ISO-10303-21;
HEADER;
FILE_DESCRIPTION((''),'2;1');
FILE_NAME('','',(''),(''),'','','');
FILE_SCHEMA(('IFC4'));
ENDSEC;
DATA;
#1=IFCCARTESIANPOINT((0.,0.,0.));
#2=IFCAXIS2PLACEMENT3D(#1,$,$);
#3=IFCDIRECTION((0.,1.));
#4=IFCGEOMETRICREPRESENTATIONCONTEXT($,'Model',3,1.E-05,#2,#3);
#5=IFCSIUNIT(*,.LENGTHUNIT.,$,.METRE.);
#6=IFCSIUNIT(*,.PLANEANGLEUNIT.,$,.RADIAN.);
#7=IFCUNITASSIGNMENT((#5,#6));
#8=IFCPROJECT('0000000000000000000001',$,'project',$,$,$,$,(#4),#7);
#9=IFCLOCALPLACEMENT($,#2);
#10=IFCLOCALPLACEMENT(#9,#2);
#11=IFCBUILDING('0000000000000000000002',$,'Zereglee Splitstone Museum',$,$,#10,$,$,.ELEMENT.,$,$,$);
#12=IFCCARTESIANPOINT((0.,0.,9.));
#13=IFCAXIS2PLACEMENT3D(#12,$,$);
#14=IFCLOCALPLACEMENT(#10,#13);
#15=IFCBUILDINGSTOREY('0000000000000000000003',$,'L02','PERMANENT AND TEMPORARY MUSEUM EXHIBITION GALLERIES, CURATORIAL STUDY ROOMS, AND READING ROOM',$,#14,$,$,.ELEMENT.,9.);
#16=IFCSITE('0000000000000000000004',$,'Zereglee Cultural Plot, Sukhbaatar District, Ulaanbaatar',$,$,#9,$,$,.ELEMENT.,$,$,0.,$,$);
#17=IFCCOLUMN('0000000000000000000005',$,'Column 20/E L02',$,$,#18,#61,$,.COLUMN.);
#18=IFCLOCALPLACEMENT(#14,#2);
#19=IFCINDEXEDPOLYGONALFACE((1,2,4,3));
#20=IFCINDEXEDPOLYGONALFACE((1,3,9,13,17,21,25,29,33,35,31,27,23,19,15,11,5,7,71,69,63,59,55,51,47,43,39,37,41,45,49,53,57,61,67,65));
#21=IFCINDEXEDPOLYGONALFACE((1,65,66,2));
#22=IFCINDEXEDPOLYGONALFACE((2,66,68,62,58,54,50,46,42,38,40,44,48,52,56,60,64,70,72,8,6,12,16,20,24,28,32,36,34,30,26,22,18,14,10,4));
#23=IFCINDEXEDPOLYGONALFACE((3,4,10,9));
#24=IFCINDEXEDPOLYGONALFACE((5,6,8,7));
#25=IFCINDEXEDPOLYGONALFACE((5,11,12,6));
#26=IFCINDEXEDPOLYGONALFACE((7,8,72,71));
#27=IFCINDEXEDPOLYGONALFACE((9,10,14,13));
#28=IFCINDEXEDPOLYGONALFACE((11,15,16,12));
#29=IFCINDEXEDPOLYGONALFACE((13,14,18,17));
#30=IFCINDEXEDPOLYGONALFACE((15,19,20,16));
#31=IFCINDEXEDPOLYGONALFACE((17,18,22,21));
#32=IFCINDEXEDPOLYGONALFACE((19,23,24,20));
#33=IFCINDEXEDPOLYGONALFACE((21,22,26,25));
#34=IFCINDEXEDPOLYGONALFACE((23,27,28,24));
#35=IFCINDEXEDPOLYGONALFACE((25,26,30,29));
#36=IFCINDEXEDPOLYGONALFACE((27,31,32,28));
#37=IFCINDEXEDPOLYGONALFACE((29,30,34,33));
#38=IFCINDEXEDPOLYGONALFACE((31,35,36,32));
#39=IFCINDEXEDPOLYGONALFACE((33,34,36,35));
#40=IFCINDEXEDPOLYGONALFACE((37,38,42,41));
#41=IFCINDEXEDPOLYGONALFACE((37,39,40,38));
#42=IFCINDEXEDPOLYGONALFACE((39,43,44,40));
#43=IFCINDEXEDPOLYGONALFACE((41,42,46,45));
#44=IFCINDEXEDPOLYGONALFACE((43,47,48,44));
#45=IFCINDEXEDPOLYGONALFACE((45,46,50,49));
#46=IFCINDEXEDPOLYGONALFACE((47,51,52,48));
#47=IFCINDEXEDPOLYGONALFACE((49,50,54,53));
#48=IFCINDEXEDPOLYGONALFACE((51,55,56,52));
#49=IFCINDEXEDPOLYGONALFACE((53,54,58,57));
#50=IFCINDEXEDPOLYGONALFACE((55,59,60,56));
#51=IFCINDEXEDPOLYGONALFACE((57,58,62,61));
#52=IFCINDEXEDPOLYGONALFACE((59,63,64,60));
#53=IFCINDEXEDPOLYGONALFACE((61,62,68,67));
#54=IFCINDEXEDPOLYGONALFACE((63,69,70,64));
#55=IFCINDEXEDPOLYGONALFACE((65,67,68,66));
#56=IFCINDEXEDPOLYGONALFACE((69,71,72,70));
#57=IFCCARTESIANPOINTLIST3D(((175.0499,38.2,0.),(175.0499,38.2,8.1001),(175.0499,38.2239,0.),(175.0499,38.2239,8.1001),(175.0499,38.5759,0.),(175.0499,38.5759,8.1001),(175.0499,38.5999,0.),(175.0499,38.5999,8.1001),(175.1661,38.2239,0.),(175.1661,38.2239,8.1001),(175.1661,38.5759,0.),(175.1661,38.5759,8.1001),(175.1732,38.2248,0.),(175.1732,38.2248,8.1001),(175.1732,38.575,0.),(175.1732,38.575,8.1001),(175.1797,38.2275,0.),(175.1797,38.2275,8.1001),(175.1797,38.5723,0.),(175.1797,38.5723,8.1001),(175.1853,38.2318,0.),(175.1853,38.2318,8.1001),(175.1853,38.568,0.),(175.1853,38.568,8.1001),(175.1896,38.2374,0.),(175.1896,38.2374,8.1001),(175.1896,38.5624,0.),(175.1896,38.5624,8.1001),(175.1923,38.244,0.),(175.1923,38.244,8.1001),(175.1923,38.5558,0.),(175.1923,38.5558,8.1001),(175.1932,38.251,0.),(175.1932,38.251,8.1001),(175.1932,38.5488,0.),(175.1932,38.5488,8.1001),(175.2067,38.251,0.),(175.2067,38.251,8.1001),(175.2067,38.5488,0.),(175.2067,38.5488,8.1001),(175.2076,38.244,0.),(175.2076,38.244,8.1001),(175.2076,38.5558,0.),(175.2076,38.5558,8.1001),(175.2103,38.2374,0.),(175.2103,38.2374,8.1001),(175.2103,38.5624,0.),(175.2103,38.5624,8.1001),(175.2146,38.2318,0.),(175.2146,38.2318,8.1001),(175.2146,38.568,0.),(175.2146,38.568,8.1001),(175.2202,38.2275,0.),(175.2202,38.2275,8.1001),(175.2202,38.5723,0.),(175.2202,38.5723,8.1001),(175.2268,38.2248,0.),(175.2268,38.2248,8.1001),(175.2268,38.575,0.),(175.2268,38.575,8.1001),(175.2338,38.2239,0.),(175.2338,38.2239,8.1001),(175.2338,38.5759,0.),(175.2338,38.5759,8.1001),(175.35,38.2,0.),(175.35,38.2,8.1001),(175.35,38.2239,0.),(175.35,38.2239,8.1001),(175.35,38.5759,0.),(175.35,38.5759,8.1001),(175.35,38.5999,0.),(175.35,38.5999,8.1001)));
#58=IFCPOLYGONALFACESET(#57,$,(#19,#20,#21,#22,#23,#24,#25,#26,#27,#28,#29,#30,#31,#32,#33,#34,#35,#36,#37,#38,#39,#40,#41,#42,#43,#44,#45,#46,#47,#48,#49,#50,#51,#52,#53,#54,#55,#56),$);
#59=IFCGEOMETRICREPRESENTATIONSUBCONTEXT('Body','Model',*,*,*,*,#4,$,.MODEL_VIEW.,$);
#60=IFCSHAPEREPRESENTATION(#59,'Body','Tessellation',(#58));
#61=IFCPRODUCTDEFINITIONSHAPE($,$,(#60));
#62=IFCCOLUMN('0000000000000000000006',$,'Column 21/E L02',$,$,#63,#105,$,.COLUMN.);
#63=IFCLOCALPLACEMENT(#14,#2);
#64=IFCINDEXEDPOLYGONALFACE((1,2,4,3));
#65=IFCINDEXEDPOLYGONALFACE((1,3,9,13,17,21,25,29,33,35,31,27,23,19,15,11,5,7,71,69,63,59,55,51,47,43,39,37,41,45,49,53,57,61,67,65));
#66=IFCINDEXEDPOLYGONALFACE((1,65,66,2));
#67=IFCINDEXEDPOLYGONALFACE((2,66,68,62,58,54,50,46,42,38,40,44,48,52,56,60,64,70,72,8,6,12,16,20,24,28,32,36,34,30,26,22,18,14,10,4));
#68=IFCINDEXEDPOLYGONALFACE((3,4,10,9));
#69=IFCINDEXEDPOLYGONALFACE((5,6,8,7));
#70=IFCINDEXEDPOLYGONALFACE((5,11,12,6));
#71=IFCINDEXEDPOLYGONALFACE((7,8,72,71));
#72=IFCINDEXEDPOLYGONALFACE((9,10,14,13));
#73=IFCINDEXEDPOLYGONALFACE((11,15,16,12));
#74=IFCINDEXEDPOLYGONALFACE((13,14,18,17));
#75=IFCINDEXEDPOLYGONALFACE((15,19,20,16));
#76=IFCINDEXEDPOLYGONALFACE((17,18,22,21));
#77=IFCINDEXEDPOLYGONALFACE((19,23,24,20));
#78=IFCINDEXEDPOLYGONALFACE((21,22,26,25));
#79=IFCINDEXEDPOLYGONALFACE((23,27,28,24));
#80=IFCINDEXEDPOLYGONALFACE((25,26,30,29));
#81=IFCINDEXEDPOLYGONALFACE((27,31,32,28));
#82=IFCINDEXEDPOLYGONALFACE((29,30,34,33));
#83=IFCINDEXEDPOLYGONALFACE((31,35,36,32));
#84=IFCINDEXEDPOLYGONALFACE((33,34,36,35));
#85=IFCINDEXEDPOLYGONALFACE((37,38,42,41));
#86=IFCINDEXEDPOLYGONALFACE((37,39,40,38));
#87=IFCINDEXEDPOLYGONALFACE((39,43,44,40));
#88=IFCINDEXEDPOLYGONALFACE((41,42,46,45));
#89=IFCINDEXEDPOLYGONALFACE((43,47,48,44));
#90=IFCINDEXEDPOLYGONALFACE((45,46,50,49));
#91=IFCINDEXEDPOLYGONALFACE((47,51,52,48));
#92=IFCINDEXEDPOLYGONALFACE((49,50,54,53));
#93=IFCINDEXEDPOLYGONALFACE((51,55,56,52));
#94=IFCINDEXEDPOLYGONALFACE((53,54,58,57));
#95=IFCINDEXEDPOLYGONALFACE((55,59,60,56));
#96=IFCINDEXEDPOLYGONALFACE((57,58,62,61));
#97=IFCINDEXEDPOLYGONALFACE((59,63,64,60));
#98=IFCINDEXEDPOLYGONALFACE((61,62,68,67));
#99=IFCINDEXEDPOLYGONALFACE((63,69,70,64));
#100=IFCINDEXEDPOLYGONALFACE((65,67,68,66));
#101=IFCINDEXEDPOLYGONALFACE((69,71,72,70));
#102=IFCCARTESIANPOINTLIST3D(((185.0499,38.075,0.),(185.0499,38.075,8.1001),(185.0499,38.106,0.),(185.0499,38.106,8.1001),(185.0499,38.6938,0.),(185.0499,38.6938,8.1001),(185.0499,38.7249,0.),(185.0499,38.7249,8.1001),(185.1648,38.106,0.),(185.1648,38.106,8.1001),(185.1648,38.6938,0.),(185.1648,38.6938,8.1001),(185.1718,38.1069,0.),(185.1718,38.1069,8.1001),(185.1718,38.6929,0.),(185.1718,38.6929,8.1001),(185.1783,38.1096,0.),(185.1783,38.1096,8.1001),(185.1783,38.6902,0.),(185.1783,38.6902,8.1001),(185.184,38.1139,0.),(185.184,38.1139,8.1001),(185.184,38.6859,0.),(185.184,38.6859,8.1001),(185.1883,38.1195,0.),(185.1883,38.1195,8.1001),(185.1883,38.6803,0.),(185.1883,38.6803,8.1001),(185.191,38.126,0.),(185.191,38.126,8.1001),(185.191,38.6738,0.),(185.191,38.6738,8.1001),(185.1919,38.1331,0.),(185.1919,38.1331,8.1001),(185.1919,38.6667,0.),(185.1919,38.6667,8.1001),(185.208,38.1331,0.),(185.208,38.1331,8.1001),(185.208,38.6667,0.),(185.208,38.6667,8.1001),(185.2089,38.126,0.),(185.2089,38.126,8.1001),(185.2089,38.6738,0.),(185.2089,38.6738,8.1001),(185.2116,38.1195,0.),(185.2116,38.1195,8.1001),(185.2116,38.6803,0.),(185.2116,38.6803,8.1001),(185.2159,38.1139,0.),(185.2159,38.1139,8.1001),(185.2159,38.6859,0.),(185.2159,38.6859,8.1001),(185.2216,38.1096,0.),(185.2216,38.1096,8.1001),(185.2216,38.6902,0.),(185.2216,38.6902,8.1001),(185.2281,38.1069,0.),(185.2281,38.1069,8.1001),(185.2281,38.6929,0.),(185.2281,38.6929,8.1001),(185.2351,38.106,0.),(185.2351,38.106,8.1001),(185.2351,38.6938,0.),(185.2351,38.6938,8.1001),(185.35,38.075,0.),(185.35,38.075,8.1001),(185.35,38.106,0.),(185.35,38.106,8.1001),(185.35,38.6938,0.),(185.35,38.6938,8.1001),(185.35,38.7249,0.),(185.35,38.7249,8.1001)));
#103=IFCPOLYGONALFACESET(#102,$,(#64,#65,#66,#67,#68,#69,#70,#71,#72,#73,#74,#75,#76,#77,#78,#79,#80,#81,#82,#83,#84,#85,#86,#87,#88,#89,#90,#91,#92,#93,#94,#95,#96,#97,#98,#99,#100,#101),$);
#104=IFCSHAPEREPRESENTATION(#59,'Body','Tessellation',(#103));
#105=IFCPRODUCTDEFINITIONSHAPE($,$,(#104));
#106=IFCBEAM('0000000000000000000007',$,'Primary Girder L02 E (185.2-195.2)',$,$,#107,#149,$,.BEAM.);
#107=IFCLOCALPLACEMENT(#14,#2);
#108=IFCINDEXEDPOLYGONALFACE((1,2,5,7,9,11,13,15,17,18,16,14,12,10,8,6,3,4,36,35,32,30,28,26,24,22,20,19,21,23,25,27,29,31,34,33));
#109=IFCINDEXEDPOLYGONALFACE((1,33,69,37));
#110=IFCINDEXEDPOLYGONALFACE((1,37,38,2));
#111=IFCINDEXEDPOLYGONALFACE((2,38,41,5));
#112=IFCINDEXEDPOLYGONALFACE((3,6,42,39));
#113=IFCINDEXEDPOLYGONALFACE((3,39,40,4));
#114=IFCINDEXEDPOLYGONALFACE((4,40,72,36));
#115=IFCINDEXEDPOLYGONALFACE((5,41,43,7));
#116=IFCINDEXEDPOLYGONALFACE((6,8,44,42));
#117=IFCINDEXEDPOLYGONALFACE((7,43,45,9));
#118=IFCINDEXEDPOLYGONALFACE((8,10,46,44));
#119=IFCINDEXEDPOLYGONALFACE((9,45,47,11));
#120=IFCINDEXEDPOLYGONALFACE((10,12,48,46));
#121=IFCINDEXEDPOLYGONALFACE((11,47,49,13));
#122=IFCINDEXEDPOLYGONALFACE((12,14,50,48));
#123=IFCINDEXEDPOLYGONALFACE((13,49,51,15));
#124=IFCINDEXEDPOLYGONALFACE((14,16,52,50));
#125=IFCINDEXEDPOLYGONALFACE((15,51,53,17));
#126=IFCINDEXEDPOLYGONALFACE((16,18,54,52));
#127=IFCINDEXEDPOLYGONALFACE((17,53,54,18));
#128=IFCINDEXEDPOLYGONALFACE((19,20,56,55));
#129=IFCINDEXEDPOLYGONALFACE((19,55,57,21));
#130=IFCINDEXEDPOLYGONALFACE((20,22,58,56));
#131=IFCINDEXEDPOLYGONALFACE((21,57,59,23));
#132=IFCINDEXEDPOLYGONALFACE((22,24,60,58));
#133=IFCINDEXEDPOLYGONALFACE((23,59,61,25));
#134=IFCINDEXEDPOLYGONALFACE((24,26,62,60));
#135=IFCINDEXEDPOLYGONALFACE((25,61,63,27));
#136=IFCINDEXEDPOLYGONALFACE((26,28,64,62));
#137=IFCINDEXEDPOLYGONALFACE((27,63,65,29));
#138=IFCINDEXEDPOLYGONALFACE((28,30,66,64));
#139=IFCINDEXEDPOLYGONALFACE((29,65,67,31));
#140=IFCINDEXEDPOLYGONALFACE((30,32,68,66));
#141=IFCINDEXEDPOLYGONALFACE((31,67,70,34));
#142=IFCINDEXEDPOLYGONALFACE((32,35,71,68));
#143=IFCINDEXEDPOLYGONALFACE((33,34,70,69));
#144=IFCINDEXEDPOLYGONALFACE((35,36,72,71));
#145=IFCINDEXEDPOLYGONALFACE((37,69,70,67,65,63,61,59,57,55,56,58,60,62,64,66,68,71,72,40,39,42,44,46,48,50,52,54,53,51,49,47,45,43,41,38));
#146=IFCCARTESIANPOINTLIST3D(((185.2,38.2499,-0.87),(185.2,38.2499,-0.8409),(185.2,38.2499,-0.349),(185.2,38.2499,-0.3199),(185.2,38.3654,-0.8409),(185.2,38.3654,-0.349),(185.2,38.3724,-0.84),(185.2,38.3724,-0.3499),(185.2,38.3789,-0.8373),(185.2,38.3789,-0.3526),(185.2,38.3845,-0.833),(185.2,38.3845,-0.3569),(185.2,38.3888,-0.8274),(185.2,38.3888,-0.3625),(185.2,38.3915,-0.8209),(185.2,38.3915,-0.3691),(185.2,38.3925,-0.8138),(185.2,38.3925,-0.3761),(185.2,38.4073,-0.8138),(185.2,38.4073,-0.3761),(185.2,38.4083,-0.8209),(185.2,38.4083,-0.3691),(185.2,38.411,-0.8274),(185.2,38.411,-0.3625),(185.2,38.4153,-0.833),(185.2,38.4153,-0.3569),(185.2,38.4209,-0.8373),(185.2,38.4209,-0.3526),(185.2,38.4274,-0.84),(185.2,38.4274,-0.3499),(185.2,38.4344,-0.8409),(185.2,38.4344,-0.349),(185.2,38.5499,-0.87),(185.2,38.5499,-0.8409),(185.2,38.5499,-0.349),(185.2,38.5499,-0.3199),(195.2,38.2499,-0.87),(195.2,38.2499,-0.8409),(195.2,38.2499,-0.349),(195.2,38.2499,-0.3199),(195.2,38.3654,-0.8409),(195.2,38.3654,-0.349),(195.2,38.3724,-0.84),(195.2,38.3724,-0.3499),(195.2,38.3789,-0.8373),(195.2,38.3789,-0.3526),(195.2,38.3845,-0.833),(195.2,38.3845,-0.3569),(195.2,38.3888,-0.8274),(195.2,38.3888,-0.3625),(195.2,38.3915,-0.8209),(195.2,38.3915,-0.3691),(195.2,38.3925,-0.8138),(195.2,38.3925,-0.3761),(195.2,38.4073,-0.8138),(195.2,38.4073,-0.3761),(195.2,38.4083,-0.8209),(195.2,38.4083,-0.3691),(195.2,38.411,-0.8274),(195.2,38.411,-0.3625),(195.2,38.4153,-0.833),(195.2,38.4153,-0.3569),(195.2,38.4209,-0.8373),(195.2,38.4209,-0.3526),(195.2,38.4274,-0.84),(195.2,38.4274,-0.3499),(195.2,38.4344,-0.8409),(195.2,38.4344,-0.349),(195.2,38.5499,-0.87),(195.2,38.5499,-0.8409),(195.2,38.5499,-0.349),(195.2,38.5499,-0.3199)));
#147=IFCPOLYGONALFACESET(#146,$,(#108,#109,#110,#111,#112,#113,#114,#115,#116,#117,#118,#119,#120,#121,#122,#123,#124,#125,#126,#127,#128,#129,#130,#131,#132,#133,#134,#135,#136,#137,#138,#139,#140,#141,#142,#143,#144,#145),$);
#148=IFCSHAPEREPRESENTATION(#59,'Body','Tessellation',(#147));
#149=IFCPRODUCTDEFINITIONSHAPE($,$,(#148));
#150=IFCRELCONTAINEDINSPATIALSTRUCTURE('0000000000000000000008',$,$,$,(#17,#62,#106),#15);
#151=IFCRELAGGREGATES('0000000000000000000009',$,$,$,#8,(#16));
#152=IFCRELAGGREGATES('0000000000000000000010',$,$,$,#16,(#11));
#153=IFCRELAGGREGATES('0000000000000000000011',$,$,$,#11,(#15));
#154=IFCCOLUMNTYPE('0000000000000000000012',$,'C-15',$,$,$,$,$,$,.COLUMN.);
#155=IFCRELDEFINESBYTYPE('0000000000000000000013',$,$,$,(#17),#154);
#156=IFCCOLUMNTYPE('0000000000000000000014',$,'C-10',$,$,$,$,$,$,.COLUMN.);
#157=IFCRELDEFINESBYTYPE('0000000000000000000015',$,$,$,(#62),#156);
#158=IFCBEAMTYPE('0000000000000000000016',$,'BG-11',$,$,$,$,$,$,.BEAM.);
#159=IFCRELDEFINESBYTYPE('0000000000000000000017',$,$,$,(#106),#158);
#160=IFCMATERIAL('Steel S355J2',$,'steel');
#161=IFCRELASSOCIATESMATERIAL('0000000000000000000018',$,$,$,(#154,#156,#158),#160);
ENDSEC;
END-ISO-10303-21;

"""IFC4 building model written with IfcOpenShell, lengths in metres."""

from ifc_helpers import new_model, si_unit, direction, frame, origin, origin_2d, place, context, subcontext, project, spatial, i_section, extrude, material, material_profile, profile_set, type_object, element, save


model = new_model("IFC4")

# Units and contexts
model_context = context("Model", 3, precision=1e-05, world=origin(), true_north=direction((0.0, 1.0)))
body_context = subcontext(model_context, "Body", "Model", "MODEL_VIEW")
ifc_project = project(units=[si_unit("LENGTHUNIT", "METRE"), si_unit("PLANEANGLEUNIT", "RADIAN")], contexts=[model_context])

# Site, building, storey
site_placement = place(None, origin())
site = spatial("IfcSite", under=ifc_project, at=site_placement, Name="Zereglee Cultural Plot, Sukhbaatar District, Ulaanbaatar", CompositionType="ELEMENT", RefElevation=0.0)
building_placement = place(site_placement, origin())
building = spatial("IfcBuilding", under=site, at=building_placement, Name="Zereglee Splitstone Museum", CompositionType="ELEMENT")
storey_placement = place(building_placement, frame((0.0, 0.0, 9.0)))
storey = spatial("IfcBuildingStorey", under=building, at=storey_placement, Name="L02", Description="PERMANENT AND TEMPORARY MUSEUM EXHIBITION GALLERIES, CURATORIAL STUDY ROOMS, AND READING ROOM", CompositionType="ELEMENT", Elevation=9.0)

# Columns
ifc_material_1 = material(Name="Steel S355J2", Category="steel")
ifc_material_profile_1 = material_profile(ifc_material_1, i_section(OverallWidth=0.3, OverallDepth=0.3999, WebThickness=0.0134, FlangeThickness=0.0239, FilletRadius=0.0271, at=origin_2d()), Name="HE 400 B")
ifc_profile_set_1 = profile_set([ifc_material_profile_1], Name="Steel S355J2")
column_type_1 = type_object("IfcColumnType", Name="C-15", PredefinedType="COLUMN", material=ifc_profile_set_1)
column_1_placement = place(storey_placement, frame((175.2, 38.3999, 0.0), z_axis=(0.0, 0.0, 1.0), x_axis=(1.0, 0.0, 0.0)))
element("IfcColumn", 1, at=column_1_placement, inside=storey, type_object=column_type_1, Name="Column 20/E L02", PredefinedType="COLUMN", context=body_context, shape_type="SweptSolid", body=[
    extrude(i_section(OverallWidth=0.3, OverallDepth=0.3999, WebThickness=0.0134, FlangeThickness=0.0239, FilletRadius=0.0271, at=origin_2d()), origin(), (0.0, 0.0, 1.0), 8.1001),
])
ifc_material_profile_2 = material_profile(ifc_material_1, i_section(OverallWidth=0.3, OverallDepth=0.6499, WebThickness=0.0161, FlangeThickness=0.031, FilletRadius=0.0271, at=origin_2d()), Name="HE 650 B")
ifc_profile_set_2 = profile_set([ifc_material_profile_2], Name="Steel S355J2")
column_type_2 = type_object("IfcColumnType", Name="C-10", PredefinedType="COLUMN", material=ifc_profile_set_2)
column_2_placement = place(storey_placement, frame((185.2, 38.3999, 0.0), z_axis=(0.0, 0.0, 1.0), x_axis=(1.0, 0.0, 0.0)))
element("IfcColumn", 2, at=column_2_placement, inside=storey, type_object=column_type_2, Name="Column 21/E L02", PredefinedType="COLUMN", context=body_context, shape_type="SweptSolid", body=[
    extrude(i_section(OverallWidth=0.3, OverallDepth=0.6499, WebThickness=0.0161, FlangeThickness=0.031, FilletRadius=0.0271, at=origin_2d()), origin(), (0.0, 0.0, 1.0), 8.1001),
])

# Beam
ifc_material_profile_3 = material_profile(ifc_material_1, i_section(OverallWidth=0.3, OverallDepth=0.55, WebThickness=0.0149, FlangeThickness=0.0291, FilletRadius=0.0271, at=origin_2d()), Name="HE 550 B")
ifc_profile_set_3 = profile_set([ifc_material_profile_3], Name="Steel S355J2")
beam_type_1 = type_object("IfcBeamType", Name="BG-11", PredefinedType="BEAM", material=ifc_profile_set_3)
beam_1_placement = place(storey_placement, frame((185.2, 38.3999, -0.595), z_axis=(1.0, 0.0, 0.0), x_axis=(0.0, 1.0, 0.0)))
element("IfcBeam", 3, at=beam_1_placement, inside=storey, type_object=beam_type_1, Name="Primary Girder L02 E (185.2-195.2)", PredefinedType="BEAM", context=body_context, shape_type="SweptSolid", body=[
    extrude(i_section(OverallWidth=0.3, OverallDepth=0.55, WebThickness=0.0149, FlangeThickness=0.0291, FilletRadius=0.0271, at=origin_2d()), origin(), (0.0, 0.0, 1.0), 10.0),
])

save(model, "model.ifc")
